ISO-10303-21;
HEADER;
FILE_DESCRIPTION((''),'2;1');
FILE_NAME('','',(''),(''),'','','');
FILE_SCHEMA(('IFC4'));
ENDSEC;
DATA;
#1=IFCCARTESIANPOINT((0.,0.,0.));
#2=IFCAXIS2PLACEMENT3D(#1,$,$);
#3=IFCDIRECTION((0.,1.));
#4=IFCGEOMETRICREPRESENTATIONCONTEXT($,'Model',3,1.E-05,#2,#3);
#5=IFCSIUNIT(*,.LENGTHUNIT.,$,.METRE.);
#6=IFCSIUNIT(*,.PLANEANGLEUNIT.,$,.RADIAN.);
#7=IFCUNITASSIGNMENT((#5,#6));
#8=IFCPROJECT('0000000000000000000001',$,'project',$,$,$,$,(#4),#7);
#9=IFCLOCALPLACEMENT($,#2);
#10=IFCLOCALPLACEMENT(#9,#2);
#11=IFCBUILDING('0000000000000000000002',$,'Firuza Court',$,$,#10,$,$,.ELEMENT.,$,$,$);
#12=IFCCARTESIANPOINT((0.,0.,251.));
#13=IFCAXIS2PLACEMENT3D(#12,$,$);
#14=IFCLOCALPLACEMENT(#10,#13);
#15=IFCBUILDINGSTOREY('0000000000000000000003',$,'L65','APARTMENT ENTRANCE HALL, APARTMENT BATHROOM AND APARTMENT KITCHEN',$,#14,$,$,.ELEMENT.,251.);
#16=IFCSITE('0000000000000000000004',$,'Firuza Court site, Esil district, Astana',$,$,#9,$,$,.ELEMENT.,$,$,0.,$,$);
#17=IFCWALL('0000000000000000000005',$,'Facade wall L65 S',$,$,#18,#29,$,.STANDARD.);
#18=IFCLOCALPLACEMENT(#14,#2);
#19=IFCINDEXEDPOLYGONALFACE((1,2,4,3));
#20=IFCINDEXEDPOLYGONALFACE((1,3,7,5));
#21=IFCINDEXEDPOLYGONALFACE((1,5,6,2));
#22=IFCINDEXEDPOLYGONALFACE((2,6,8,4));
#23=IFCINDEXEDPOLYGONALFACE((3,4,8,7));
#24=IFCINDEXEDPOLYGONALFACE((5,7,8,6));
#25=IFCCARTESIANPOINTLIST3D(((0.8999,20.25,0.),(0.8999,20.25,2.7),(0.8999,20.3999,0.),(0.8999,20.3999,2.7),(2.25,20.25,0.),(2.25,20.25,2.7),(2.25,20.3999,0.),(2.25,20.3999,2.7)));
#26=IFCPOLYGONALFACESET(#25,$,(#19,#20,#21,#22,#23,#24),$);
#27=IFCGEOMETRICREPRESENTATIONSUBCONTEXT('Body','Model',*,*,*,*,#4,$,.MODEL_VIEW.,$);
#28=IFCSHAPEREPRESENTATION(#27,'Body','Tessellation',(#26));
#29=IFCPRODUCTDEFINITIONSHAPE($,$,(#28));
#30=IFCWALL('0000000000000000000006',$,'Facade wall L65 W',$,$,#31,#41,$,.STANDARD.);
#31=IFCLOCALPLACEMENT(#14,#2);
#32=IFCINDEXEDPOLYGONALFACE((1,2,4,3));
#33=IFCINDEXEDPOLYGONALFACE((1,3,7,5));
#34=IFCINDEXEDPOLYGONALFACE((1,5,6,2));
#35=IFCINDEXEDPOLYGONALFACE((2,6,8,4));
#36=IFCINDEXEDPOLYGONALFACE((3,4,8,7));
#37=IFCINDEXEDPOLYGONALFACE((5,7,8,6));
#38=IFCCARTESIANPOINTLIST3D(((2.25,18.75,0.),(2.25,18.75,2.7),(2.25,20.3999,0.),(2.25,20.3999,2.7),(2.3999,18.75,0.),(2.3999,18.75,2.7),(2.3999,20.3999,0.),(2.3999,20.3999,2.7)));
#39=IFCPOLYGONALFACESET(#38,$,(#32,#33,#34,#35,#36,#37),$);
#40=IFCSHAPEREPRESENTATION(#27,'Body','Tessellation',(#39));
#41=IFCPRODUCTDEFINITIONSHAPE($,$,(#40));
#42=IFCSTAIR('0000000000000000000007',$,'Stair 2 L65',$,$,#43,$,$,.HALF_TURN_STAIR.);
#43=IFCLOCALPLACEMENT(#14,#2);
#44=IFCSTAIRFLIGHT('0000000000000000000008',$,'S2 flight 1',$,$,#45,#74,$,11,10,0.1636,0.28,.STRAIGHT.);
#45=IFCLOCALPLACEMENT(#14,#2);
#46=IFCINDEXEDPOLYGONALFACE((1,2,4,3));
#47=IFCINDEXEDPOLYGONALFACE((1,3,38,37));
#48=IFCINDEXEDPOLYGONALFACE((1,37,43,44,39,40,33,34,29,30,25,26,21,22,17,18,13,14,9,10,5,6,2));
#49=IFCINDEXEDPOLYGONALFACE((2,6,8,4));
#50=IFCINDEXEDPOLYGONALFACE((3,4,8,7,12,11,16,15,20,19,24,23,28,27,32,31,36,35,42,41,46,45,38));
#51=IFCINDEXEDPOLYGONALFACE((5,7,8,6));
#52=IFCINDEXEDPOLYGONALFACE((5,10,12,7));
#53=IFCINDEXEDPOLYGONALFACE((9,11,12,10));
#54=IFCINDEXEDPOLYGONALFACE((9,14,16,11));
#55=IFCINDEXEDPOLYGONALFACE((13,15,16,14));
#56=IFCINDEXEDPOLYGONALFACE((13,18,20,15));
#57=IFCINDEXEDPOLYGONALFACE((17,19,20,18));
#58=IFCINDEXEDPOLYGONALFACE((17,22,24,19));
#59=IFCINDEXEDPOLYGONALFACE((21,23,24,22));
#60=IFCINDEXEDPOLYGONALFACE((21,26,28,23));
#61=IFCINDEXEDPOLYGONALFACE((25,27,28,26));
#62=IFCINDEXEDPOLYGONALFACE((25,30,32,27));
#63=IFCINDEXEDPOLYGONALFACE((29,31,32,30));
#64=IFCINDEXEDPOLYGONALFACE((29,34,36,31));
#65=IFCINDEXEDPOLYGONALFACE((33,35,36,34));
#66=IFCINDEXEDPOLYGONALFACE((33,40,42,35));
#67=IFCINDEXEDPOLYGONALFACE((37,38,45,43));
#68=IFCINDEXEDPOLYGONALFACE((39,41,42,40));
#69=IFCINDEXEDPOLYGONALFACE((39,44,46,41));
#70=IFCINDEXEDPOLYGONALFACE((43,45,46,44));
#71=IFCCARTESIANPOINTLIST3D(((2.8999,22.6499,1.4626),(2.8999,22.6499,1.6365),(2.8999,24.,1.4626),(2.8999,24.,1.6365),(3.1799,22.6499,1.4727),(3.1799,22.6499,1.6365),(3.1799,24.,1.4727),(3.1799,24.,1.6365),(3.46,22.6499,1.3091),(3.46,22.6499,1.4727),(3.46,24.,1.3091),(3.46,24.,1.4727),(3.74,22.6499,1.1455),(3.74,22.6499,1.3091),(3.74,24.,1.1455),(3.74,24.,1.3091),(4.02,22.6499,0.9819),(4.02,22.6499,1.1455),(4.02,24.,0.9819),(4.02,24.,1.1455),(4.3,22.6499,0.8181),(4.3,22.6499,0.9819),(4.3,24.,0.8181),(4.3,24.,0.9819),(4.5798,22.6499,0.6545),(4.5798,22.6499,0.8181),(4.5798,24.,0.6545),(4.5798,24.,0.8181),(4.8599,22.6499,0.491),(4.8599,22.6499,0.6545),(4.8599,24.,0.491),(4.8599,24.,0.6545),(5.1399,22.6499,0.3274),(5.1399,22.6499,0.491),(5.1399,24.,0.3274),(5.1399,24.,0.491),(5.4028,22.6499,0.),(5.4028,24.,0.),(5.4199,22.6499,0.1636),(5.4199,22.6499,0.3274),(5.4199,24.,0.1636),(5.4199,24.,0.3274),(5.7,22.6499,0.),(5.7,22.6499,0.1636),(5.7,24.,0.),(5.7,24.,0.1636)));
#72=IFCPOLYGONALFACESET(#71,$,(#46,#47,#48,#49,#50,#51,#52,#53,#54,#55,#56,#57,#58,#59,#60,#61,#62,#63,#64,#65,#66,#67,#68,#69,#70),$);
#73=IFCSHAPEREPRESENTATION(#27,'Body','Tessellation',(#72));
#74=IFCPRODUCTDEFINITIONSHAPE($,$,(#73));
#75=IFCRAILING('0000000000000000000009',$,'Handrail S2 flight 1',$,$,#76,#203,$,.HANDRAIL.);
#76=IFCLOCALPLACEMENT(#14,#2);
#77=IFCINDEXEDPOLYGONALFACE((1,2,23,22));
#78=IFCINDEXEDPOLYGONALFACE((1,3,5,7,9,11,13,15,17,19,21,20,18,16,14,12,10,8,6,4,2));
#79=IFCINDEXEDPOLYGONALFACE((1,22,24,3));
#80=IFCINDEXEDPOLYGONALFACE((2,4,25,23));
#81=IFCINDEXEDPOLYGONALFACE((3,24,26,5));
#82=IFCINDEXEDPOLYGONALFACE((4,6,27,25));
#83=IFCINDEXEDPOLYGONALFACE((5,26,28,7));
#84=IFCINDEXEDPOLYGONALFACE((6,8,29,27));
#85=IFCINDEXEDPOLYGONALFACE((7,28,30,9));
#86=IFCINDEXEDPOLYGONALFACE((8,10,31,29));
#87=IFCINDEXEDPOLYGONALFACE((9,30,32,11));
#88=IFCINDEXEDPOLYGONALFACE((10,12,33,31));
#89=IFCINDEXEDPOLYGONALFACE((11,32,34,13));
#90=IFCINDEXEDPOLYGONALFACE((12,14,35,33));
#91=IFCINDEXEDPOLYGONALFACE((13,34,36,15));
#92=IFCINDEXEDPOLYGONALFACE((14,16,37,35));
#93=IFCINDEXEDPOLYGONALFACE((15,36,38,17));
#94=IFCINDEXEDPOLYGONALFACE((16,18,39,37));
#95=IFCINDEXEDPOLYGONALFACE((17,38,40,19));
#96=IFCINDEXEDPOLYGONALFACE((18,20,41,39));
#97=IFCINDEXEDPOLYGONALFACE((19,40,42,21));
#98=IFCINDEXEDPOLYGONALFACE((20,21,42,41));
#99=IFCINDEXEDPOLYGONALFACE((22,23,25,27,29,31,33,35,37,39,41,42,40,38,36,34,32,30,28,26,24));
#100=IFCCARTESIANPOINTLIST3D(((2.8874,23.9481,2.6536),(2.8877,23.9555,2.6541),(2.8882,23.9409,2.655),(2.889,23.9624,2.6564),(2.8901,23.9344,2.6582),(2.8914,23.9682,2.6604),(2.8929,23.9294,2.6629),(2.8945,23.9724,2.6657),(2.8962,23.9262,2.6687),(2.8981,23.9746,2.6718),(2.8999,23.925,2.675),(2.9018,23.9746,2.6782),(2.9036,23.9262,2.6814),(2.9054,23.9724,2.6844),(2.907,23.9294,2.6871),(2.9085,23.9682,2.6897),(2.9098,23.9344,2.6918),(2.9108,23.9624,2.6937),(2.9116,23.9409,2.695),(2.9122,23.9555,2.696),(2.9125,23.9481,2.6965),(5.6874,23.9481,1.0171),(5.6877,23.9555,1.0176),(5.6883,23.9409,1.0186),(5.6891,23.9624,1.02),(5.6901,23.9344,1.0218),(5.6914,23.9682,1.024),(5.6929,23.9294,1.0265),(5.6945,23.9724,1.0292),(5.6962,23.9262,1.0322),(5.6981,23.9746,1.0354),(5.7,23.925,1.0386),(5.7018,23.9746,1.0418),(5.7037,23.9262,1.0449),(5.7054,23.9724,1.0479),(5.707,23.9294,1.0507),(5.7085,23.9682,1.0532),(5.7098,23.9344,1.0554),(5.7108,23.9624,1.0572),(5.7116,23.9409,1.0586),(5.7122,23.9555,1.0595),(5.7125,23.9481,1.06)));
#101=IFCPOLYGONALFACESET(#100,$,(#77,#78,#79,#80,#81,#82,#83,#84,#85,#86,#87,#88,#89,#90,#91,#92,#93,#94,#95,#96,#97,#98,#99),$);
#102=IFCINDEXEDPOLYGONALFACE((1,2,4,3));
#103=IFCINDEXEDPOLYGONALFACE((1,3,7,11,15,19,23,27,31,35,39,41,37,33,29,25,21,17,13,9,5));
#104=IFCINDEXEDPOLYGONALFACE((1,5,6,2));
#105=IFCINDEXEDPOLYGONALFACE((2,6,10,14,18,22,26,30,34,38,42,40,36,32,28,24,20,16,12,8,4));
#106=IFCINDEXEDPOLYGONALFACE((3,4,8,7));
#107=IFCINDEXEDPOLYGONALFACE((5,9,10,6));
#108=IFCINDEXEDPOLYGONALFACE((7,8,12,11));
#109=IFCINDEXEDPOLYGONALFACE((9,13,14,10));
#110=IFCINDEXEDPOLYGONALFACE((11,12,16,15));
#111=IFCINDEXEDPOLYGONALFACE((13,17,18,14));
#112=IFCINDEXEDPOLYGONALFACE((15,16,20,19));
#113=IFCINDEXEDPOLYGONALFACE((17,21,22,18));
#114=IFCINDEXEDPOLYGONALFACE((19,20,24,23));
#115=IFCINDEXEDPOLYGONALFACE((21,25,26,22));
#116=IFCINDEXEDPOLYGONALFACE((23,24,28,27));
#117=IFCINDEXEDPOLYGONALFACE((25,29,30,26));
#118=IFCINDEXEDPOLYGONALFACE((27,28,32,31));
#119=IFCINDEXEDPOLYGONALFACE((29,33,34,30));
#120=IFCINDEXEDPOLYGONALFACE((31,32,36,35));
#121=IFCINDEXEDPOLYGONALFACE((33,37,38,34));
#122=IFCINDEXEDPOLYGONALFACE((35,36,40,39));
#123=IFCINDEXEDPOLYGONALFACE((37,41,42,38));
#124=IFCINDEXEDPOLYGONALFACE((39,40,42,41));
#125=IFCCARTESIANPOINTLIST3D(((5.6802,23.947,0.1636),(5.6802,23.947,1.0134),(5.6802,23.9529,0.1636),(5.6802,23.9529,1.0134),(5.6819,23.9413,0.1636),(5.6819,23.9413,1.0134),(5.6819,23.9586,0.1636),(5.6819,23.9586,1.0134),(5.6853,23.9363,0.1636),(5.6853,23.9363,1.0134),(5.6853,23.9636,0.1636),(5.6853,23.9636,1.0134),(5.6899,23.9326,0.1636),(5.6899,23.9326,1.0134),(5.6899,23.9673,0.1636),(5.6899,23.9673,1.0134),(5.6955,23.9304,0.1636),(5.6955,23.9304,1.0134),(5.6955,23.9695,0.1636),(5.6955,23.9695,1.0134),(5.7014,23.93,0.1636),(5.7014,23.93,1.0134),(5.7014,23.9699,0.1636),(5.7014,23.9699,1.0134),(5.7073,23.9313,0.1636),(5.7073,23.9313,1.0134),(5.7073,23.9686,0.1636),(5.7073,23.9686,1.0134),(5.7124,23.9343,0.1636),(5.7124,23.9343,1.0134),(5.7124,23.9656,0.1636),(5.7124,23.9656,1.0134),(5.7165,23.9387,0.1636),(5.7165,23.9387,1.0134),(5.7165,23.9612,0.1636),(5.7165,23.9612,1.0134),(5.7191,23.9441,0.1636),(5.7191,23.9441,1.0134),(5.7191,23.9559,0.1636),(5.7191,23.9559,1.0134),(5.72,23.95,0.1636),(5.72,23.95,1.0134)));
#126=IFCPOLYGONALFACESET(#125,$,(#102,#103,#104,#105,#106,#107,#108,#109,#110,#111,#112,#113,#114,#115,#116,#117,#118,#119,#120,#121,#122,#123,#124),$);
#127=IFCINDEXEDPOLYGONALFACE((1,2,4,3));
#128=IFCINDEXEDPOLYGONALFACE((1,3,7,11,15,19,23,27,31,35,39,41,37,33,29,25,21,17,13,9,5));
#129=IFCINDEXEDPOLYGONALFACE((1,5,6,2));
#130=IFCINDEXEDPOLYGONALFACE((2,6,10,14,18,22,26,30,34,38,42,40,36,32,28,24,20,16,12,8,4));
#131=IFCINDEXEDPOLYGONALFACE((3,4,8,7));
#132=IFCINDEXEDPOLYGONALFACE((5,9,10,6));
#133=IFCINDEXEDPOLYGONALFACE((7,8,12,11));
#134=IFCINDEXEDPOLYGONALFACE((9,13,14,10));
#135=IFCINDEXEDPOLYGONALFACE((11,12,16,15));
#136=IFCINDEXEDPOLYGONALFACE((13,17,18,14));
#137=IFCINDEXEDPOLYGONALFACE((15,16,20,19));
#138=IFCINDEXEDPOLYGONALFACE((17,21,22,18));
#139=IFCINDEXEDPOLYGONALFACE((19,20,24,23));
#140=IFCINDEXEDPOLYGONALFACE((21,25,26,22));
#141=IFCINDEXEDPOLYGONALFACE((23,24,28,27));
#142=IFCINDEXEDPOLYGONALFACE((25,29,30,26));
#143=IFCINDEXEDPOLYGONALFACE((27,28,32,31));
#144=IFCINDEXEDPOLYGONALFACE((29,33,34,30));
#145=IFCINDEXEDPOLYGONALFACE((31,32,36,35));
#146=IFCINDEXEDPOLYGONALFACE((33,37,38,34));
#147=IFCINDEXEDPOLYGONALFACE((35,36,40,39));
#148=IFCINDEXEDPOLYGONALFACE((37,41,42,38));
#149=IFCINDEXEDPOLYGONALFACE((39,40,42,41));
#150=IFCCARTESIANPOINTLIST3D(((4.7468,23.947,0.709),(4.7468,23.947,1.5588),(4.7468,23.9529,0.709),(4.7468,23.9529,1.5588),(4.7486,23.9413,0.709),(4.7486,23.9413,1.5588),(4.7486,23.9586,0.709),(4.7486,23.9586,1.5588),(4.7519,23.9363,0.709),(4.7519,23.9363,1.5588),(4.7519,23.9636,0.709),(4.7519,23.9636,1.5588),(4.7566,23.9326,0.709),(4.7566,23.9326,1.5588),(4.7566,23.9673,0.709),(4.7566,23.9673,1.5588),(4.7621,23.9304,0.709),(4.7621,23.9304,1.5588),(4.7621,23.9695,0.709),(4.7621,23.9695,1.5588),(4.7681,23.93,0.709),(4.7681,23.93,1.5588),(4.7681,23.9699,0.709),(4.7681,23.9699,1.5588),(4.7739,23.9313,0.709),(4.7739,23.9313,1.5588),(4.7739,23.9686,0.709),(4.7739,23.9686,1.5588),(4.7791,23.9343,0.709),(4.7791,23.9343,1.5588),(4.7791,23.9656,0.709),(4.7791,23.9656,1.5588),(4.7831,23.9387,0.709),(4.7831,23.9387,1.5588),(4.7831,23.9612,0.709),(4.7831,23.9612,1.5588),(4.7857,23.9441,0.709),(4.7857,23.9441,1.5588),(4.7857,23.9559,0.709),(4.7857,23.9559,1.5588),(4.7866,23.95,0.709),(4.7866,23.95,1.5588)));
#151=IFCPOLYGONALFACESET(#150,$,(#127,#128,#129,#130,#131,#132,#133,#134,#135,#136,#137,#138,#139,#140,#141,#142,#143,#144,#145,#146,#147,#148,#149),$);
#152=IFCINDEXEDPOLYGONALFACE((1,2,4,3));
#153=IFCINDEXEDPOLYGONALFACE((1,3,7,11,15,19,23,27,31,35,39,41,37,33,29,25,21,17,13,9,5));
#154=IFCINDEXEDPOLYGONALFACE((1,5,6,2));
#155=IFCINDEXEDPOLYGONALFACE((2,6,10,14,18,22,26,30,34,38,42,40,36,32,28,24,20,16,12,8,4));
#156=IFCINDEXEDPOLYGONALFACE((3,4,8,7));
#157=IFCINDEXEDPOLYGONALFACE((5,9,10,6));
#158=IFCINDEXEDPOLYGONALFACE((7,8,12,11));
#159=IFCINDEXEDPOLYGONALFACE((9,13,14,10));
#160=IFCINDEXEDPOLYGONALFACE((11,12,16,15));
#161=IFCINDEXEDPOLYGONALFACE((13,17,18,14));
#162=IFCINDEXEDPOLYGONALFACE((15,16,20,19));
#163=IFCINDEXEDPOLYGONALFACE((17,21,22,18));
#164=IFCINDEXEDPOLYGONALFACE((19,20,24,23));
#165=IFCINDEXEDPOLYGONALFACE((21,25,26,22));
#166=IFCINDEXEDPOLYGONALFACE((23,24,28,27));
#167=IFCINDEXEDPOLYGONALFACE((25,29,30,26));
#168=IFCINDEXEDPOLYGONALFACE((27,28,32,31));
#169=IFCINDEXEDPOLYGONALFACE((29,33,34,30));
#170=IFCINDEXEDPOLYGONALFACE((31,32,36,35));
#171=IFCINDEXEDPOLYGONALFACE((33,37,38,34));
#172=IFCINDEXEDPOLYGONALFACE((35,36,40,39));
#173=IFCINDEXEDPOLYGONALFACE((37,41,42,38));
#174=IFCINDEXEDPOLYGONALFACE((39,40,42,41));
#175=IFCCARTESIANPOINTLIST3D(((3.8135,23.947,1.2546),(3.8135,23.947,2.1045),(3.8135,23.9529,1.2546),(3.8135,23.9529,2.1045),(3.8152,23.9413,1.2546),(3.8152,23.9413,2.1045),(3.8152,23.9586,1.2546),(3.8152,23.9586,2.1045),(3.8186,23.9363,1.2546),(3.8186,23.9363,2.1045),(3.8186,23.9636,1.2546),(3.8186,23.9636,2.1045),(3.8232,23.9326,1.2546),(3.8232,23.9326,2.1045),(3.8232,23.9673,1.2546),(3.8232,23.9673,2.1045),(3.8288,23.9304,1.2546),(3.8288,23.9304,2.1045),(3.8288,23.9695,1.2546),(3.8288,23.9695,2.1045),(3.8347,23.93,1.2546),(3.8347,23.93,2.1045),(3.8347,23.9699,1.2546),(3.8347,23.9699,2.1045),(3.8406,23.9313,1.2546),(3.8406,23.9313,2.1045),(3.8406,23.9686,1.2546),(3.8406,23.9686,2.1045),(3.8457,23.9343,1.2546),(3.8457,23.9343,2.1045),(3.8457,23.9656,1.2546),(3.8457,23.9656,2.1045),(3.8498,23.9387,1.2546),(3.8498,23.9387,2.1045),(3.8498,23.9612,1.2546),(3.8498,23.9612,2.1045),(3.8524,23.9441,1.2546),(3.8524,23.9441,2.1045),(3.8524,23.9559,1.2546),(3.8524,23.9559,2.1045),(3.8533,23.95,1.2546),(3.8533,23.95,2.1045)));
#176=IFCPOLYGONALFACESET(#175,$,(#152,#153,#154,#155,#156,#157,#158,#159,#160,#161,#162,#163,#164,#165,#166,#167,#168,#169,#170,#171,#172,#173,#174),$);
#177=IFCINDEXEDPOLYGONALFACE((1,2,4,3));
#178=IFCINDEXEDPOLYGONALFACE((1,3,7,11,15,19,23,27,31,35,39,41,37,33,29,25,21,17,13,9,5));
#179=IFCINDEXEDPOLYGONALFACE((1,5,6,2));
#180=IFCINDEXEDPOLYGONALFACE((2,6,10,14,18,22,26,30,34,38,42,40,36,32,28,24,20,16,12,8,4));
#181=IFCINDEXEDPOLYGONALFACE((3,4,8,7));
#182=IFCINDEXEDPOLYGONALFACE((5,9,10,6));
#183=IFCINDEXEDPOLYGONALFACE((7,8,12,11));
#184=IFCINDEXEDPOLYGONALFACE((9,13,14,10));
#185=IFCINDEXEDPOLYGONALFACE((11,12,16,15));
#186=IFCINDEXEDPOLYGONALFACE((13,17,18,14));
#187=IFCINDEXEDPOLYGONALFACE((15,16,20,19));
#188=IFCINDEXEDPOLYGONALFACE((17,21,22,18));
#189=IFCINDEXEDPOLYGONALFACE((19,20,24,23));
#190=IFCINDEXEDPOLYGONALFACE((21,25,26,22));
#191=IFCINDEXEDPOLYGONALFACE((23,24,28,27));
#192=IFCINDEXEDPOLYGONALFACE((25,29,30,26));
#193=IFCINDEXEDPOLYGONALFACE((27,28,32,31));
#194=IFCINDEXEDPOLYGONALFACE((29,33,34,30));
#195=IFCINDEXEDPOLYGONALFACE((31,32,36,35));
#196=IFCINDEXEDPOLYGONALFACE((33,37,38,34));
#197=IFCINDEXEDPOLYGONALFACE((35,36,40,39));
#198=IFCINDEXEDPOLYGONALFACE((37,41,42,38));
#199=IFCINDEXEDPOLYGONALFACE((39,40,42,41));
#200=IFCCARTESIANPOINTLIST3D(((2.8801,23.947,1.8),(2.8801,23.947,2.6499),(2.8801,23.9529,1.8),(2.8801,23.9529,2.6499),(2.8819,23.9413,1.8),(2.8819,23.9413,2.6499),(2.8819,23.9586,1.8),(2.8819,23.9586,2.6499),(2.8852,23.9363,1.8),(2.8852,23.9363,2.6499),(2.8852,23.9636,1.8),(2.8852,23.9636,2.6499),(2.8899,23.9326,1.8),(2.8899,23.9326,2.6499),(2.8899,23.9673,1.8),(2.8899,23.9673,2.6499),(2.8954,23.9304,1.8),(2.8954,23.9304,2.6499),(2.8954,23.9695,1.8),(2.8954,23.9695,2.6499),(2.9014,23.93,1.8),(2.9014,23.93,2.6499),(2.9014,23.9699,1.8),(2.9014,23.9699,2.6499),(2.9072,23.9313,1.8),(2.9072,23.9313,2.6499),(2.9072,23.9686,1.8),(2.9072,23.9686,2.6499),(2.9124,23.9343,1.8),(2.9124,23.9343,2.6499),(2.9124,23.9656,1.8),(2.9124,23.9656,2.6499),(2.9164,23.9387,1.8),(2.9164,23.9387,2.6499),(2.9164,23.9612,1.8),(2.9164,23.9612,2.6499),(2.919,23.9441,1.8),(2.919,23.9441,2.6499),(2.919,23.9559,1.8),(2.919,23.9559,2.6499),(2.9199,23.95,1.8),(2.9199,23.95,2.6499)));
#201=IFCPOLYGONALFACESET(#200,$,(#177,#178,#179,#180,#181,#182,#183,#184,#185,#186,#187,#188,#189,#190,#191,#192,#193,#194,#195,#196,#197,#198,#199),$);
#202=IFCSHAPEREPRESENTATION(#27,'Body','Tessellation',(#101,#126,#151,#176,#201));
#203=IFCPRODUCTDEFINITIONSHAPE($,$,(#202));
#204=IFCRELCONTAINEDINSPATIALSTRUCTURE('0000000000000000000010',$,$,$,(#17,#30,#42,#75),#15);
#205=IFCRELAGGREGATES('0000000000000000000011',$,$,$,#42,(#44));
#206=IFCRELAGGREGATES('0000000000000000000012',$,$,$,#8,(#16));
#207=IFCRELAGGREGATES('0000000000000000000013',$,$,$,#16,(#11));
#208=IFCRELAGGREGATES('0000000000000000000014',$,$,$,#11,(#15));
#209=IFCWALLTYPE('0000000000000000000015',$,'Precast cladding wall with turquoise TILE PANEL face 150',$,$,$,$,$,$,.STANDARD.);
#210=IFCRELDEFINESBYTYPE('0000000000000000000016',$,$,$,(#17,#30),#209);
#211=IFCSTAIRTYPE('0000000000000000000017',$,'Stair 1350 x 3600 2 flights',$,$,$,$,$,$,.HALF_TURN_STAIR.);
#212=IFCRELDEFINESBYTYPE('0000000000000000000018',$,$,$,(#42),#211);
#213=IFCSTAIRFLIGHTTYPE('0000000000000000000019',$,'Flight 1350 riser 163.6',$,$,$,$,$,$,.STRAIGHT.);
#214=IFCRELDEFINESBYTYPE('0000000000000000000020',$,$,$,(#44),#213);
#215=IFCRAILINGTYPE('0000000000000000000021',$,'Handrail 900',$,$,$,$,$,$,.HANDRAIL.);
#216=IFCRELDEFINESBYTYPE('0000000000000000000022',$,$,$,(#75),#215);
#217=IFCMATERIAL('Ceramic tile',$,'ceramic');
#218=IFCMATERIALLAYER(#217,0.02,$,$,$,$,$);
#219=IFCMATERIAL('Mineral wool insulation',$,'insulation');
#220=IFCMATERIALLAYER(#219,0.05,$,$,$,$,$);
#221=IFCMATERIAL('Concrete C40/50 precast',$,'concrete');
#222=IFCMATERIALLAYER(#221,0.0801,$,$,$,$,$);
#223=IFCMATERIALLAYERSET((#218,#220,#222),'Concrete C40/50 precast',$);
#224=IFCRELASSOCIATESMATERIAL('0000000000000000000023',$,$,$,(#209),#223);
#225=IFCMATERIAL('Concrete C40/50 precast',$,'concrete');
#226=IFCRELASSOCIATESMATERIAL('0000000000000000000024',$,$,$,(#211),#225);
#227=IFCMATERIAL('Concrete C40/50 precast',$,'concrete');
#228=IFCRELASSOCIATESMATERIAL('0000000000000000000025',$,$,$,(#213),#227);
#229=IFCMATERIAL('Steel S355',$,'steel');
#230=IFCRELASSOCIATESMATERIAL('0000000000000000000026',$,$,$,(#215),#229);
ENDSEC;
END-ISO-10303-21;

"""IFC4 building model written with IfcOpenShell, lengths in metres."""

from ifc_helpers import new_model, si_unit, direction, frame, frame_2d, origin, origin_2d, place, context, subcontext, project, spatial, polyline, rectangle, circle, outline, extrude, material, layer, layer_set, type_object, element, aggregate, save


model = new_model("IFC4")

# Units and contexts
model_context = context("Model", 3, precision=1e-05, world=origin(), true_north=direction((0.0, 1.0)))
body_context = subcontext(model_context, "Body", "Model", "MODEL_VIEW")
ifc_project = project(units=[si_unit("LENGTHUNIT", "METRE"), si_unit("PLANEANGLEUNIT", "RADIAN")], contexts=[model_context])

# Site, building, storey
site_placement = place(None, origin())
site = spatial("IfcSite", under=ifc_project, at=site_placement, Name="Firuza Court site, Esil district, Astana", CompositionType="ELEMENT", RefElevation=0.0)
building_placement = place(site_placement, origin())
building = spatial("IfcBuilding", under=site, at=building_placement, Name="Firuza Court", CompositionType="ELEMENT")
storey_placement = place(building_placement, frame((0.0, 0.0, 251.0)))
storey = spatial("IfcBuildingStorey", under=building, at=storey_placement, Name="L65", Description="APARTMENT ENTRANCE HALL, APARTMENT BATHROOM AND APARTMENT KITCHEN", CompositionType="ELEMENT", Elevation=251.0)

# Walls
ifc_material_1 = material(Name="Ceramic tile", Category="ceramic")
ifc_layer_1 = layer(ifc_material_1, 0.02)
ifc_material_2 = material(Name="Mineral wool insulation", Category="insulation")
ifc_layer_2 = layer(ifc_material_2, 0.05)
ifc_material_3 = material(Name="Concrete C40/50 precast", Category="concrete")
ifc_layer_3 = layer(ifc_material_3, 0.0801)
ifc_layer_set_1 = layer_set([ifc_layer_1, ifc_layer_2, ifc_layer_3], Name="Concrete C40/50 precast")
wall_type_1 = type_object("IfcWallType", Name="Precast cladding wall with turquoise TILE PANEL face 150", PredefinedType="STANDARD", material=ifc_layer_set_1)
wall_1_placement = place(storey_placement, frame((0.8999, 20.325, 0.0), z_axis=(0.0, 0.0, 1.0), x_axis=(1.0, 0.0, 0.0)))
element("IfcWall", 1, at=wall_1_placement, inside=storey, type_object=wall_type_1, Name="Facade wall L65 S", PredefinedType="STANDARD", context=body_context, shape_type="SweptSolid", body=[
    extrude(rectangle(XDim=1.3501, YDim=0.1499, at=frame_2d((0.675, 0.0))), origin(), (0.0, 0.0, 1.0), 2.7),
])
wall_2_placement = place(storey_placement, frame((2.325, 20.3999, 0.0), z_axis=(0.0, 0.0, 1.0), x_axis=(0.0, -1.0, 0.0)))
element("IfcWall", 2, at=wall_2_placement, inside=storey, type_object=wall_type_1, Name="Facade wall L65 W", PredefinedType="STANDARD", context=body_context, shape_type="SweptSolid", body=[
    extrude(rectangle(XDim=1.6499, YDim=0.1499, at=frame_2d((0.825, 0.0))), origin(), (0.0, 0.0, 1.0), 2.7),
])

# Stair, stair flight
ifc_material_4 = material(Name="Concrete C40/50 precast", Category="concrete")
stair_type = type_object("IfcStairType", Name="Stair 1350 x 3600 2 flights", PredefinedType="HALF_TURN_STAIR", material=ifc_material_4)
stair_placement = place(storey_placement, origin())
stair = element("IfcStair", 3, at=stair_placement, inside=storey, type_object=stair_type, Name="Stair 2 L65", PredefinedType="HALF_TURN_STAIR")
ifc_material_5 = material(Name="Concrete C40/50 precast", Category="concrete")
stair_flight_type = type_object("IfcStairFlightType", Name="Flight 1350 riser 163.6", PredefinedType="STRAIGHT", material=ifc_material_5)
stair_flight_placement = place(storey_placement, frame((5.7, 23.325, 0.0), z_axis=(0.0, 0.0, 1.0), x_axis=(-1.0, 0.0, 0.0)))
stair_flight = element("IfcStairFlight", 4, at=stair_flight_placement, type_object=stair_flight_type, Name="S2 flight 1", NumberOfRisers=11, NumberOfTreads=10, PredefinedType="STRAIGHT", RiserHeight=0.1636, TreadLength=0.28, context=body_context, shape_type="SweptSolid", body=[
    extrude(outline(polyline([(0.0, 0.0), (0.0, 0.1636), (0.28, 0.1636), (0.28, 0.3274), (0.5601, 0.3274), (0.5601, 0.491), (0.8401, 0.491), (0.8401, 0.6545), (1.1201, 0.6545), (1.1201, 0.8181), (1.3999, 0.8181), (1.3999, 0.9819), (1.6799, 0.9819), (1.6799, 1.1455), (1.96, 1.1455), (1.96, 1.3091), (2.24, 1.3091), (2.24, 1.4727), (2.52, 1.4727), (2.52, 1.6365), (2.8, 1.6365), (2.8, 1.8), (2.8, 1.4626), (0.2971, 0.0), (0.0, 0.0)])), frame((0.0, 0.675, 0.0), z_axis=(0.0, -1.0, 0.0), x_axis=(1.0, 0.0, 0.0)), (0.0, 0.0, 1.0), 1.3501),
])
aggregate(stair, [stair_flight])

# Railing
ifc_material_6 = material(Name="Steel S355", Category="steel")
railing_type = type_object("IfcRailingType", Name="Handrail 900", PredefinedType="HANDRAIL", material=ifc_material_6)
railing_placement = place(storey_placement, frame((5.7, 23.95, 0.1636)))
element("IfcRailing", 5, at=railing_placement, inside=storey, type_object=railing_type, Name="Handrail S2 flight 1", PredefinedType="HANDRAIL", context=body_context, shape_type="SweptSolid", body=[
    extrude(circle(Radius=0.0249, at=origin_2d()), frame((0.0, 0.0, 0.875), z_axis=(-0.863361, 0.0, 0.504587), x_axis=(0.0, -1.0, 0.0)), (0.0, 0.0, 1.0), 3.2432),
    extrude(circle(Radius=0.02, at=origin_2d()), origin(), (0.0, 0.0, 1.0), 0.8499),
    extrude(circle(Radius=0.02, at=origin_2d()), frame((-0.9333, 0.0, 0.5454)), (0.0, 0.0, 1.0), 0.8499),
    extrude(circle(Radius=0.02, at=origin_2d()), frame((-1.8667, 0.0, 1.0911)), (0.0, 0.0, 1.0), 0.8499),
    extrude(circle(Radius=0.02, at=origin_2d()), frame((-2.8, 0.0, 1.6365)), (0.0, 0.0, 1.0), 0.8499),
])

save(model, "model.ifc")
